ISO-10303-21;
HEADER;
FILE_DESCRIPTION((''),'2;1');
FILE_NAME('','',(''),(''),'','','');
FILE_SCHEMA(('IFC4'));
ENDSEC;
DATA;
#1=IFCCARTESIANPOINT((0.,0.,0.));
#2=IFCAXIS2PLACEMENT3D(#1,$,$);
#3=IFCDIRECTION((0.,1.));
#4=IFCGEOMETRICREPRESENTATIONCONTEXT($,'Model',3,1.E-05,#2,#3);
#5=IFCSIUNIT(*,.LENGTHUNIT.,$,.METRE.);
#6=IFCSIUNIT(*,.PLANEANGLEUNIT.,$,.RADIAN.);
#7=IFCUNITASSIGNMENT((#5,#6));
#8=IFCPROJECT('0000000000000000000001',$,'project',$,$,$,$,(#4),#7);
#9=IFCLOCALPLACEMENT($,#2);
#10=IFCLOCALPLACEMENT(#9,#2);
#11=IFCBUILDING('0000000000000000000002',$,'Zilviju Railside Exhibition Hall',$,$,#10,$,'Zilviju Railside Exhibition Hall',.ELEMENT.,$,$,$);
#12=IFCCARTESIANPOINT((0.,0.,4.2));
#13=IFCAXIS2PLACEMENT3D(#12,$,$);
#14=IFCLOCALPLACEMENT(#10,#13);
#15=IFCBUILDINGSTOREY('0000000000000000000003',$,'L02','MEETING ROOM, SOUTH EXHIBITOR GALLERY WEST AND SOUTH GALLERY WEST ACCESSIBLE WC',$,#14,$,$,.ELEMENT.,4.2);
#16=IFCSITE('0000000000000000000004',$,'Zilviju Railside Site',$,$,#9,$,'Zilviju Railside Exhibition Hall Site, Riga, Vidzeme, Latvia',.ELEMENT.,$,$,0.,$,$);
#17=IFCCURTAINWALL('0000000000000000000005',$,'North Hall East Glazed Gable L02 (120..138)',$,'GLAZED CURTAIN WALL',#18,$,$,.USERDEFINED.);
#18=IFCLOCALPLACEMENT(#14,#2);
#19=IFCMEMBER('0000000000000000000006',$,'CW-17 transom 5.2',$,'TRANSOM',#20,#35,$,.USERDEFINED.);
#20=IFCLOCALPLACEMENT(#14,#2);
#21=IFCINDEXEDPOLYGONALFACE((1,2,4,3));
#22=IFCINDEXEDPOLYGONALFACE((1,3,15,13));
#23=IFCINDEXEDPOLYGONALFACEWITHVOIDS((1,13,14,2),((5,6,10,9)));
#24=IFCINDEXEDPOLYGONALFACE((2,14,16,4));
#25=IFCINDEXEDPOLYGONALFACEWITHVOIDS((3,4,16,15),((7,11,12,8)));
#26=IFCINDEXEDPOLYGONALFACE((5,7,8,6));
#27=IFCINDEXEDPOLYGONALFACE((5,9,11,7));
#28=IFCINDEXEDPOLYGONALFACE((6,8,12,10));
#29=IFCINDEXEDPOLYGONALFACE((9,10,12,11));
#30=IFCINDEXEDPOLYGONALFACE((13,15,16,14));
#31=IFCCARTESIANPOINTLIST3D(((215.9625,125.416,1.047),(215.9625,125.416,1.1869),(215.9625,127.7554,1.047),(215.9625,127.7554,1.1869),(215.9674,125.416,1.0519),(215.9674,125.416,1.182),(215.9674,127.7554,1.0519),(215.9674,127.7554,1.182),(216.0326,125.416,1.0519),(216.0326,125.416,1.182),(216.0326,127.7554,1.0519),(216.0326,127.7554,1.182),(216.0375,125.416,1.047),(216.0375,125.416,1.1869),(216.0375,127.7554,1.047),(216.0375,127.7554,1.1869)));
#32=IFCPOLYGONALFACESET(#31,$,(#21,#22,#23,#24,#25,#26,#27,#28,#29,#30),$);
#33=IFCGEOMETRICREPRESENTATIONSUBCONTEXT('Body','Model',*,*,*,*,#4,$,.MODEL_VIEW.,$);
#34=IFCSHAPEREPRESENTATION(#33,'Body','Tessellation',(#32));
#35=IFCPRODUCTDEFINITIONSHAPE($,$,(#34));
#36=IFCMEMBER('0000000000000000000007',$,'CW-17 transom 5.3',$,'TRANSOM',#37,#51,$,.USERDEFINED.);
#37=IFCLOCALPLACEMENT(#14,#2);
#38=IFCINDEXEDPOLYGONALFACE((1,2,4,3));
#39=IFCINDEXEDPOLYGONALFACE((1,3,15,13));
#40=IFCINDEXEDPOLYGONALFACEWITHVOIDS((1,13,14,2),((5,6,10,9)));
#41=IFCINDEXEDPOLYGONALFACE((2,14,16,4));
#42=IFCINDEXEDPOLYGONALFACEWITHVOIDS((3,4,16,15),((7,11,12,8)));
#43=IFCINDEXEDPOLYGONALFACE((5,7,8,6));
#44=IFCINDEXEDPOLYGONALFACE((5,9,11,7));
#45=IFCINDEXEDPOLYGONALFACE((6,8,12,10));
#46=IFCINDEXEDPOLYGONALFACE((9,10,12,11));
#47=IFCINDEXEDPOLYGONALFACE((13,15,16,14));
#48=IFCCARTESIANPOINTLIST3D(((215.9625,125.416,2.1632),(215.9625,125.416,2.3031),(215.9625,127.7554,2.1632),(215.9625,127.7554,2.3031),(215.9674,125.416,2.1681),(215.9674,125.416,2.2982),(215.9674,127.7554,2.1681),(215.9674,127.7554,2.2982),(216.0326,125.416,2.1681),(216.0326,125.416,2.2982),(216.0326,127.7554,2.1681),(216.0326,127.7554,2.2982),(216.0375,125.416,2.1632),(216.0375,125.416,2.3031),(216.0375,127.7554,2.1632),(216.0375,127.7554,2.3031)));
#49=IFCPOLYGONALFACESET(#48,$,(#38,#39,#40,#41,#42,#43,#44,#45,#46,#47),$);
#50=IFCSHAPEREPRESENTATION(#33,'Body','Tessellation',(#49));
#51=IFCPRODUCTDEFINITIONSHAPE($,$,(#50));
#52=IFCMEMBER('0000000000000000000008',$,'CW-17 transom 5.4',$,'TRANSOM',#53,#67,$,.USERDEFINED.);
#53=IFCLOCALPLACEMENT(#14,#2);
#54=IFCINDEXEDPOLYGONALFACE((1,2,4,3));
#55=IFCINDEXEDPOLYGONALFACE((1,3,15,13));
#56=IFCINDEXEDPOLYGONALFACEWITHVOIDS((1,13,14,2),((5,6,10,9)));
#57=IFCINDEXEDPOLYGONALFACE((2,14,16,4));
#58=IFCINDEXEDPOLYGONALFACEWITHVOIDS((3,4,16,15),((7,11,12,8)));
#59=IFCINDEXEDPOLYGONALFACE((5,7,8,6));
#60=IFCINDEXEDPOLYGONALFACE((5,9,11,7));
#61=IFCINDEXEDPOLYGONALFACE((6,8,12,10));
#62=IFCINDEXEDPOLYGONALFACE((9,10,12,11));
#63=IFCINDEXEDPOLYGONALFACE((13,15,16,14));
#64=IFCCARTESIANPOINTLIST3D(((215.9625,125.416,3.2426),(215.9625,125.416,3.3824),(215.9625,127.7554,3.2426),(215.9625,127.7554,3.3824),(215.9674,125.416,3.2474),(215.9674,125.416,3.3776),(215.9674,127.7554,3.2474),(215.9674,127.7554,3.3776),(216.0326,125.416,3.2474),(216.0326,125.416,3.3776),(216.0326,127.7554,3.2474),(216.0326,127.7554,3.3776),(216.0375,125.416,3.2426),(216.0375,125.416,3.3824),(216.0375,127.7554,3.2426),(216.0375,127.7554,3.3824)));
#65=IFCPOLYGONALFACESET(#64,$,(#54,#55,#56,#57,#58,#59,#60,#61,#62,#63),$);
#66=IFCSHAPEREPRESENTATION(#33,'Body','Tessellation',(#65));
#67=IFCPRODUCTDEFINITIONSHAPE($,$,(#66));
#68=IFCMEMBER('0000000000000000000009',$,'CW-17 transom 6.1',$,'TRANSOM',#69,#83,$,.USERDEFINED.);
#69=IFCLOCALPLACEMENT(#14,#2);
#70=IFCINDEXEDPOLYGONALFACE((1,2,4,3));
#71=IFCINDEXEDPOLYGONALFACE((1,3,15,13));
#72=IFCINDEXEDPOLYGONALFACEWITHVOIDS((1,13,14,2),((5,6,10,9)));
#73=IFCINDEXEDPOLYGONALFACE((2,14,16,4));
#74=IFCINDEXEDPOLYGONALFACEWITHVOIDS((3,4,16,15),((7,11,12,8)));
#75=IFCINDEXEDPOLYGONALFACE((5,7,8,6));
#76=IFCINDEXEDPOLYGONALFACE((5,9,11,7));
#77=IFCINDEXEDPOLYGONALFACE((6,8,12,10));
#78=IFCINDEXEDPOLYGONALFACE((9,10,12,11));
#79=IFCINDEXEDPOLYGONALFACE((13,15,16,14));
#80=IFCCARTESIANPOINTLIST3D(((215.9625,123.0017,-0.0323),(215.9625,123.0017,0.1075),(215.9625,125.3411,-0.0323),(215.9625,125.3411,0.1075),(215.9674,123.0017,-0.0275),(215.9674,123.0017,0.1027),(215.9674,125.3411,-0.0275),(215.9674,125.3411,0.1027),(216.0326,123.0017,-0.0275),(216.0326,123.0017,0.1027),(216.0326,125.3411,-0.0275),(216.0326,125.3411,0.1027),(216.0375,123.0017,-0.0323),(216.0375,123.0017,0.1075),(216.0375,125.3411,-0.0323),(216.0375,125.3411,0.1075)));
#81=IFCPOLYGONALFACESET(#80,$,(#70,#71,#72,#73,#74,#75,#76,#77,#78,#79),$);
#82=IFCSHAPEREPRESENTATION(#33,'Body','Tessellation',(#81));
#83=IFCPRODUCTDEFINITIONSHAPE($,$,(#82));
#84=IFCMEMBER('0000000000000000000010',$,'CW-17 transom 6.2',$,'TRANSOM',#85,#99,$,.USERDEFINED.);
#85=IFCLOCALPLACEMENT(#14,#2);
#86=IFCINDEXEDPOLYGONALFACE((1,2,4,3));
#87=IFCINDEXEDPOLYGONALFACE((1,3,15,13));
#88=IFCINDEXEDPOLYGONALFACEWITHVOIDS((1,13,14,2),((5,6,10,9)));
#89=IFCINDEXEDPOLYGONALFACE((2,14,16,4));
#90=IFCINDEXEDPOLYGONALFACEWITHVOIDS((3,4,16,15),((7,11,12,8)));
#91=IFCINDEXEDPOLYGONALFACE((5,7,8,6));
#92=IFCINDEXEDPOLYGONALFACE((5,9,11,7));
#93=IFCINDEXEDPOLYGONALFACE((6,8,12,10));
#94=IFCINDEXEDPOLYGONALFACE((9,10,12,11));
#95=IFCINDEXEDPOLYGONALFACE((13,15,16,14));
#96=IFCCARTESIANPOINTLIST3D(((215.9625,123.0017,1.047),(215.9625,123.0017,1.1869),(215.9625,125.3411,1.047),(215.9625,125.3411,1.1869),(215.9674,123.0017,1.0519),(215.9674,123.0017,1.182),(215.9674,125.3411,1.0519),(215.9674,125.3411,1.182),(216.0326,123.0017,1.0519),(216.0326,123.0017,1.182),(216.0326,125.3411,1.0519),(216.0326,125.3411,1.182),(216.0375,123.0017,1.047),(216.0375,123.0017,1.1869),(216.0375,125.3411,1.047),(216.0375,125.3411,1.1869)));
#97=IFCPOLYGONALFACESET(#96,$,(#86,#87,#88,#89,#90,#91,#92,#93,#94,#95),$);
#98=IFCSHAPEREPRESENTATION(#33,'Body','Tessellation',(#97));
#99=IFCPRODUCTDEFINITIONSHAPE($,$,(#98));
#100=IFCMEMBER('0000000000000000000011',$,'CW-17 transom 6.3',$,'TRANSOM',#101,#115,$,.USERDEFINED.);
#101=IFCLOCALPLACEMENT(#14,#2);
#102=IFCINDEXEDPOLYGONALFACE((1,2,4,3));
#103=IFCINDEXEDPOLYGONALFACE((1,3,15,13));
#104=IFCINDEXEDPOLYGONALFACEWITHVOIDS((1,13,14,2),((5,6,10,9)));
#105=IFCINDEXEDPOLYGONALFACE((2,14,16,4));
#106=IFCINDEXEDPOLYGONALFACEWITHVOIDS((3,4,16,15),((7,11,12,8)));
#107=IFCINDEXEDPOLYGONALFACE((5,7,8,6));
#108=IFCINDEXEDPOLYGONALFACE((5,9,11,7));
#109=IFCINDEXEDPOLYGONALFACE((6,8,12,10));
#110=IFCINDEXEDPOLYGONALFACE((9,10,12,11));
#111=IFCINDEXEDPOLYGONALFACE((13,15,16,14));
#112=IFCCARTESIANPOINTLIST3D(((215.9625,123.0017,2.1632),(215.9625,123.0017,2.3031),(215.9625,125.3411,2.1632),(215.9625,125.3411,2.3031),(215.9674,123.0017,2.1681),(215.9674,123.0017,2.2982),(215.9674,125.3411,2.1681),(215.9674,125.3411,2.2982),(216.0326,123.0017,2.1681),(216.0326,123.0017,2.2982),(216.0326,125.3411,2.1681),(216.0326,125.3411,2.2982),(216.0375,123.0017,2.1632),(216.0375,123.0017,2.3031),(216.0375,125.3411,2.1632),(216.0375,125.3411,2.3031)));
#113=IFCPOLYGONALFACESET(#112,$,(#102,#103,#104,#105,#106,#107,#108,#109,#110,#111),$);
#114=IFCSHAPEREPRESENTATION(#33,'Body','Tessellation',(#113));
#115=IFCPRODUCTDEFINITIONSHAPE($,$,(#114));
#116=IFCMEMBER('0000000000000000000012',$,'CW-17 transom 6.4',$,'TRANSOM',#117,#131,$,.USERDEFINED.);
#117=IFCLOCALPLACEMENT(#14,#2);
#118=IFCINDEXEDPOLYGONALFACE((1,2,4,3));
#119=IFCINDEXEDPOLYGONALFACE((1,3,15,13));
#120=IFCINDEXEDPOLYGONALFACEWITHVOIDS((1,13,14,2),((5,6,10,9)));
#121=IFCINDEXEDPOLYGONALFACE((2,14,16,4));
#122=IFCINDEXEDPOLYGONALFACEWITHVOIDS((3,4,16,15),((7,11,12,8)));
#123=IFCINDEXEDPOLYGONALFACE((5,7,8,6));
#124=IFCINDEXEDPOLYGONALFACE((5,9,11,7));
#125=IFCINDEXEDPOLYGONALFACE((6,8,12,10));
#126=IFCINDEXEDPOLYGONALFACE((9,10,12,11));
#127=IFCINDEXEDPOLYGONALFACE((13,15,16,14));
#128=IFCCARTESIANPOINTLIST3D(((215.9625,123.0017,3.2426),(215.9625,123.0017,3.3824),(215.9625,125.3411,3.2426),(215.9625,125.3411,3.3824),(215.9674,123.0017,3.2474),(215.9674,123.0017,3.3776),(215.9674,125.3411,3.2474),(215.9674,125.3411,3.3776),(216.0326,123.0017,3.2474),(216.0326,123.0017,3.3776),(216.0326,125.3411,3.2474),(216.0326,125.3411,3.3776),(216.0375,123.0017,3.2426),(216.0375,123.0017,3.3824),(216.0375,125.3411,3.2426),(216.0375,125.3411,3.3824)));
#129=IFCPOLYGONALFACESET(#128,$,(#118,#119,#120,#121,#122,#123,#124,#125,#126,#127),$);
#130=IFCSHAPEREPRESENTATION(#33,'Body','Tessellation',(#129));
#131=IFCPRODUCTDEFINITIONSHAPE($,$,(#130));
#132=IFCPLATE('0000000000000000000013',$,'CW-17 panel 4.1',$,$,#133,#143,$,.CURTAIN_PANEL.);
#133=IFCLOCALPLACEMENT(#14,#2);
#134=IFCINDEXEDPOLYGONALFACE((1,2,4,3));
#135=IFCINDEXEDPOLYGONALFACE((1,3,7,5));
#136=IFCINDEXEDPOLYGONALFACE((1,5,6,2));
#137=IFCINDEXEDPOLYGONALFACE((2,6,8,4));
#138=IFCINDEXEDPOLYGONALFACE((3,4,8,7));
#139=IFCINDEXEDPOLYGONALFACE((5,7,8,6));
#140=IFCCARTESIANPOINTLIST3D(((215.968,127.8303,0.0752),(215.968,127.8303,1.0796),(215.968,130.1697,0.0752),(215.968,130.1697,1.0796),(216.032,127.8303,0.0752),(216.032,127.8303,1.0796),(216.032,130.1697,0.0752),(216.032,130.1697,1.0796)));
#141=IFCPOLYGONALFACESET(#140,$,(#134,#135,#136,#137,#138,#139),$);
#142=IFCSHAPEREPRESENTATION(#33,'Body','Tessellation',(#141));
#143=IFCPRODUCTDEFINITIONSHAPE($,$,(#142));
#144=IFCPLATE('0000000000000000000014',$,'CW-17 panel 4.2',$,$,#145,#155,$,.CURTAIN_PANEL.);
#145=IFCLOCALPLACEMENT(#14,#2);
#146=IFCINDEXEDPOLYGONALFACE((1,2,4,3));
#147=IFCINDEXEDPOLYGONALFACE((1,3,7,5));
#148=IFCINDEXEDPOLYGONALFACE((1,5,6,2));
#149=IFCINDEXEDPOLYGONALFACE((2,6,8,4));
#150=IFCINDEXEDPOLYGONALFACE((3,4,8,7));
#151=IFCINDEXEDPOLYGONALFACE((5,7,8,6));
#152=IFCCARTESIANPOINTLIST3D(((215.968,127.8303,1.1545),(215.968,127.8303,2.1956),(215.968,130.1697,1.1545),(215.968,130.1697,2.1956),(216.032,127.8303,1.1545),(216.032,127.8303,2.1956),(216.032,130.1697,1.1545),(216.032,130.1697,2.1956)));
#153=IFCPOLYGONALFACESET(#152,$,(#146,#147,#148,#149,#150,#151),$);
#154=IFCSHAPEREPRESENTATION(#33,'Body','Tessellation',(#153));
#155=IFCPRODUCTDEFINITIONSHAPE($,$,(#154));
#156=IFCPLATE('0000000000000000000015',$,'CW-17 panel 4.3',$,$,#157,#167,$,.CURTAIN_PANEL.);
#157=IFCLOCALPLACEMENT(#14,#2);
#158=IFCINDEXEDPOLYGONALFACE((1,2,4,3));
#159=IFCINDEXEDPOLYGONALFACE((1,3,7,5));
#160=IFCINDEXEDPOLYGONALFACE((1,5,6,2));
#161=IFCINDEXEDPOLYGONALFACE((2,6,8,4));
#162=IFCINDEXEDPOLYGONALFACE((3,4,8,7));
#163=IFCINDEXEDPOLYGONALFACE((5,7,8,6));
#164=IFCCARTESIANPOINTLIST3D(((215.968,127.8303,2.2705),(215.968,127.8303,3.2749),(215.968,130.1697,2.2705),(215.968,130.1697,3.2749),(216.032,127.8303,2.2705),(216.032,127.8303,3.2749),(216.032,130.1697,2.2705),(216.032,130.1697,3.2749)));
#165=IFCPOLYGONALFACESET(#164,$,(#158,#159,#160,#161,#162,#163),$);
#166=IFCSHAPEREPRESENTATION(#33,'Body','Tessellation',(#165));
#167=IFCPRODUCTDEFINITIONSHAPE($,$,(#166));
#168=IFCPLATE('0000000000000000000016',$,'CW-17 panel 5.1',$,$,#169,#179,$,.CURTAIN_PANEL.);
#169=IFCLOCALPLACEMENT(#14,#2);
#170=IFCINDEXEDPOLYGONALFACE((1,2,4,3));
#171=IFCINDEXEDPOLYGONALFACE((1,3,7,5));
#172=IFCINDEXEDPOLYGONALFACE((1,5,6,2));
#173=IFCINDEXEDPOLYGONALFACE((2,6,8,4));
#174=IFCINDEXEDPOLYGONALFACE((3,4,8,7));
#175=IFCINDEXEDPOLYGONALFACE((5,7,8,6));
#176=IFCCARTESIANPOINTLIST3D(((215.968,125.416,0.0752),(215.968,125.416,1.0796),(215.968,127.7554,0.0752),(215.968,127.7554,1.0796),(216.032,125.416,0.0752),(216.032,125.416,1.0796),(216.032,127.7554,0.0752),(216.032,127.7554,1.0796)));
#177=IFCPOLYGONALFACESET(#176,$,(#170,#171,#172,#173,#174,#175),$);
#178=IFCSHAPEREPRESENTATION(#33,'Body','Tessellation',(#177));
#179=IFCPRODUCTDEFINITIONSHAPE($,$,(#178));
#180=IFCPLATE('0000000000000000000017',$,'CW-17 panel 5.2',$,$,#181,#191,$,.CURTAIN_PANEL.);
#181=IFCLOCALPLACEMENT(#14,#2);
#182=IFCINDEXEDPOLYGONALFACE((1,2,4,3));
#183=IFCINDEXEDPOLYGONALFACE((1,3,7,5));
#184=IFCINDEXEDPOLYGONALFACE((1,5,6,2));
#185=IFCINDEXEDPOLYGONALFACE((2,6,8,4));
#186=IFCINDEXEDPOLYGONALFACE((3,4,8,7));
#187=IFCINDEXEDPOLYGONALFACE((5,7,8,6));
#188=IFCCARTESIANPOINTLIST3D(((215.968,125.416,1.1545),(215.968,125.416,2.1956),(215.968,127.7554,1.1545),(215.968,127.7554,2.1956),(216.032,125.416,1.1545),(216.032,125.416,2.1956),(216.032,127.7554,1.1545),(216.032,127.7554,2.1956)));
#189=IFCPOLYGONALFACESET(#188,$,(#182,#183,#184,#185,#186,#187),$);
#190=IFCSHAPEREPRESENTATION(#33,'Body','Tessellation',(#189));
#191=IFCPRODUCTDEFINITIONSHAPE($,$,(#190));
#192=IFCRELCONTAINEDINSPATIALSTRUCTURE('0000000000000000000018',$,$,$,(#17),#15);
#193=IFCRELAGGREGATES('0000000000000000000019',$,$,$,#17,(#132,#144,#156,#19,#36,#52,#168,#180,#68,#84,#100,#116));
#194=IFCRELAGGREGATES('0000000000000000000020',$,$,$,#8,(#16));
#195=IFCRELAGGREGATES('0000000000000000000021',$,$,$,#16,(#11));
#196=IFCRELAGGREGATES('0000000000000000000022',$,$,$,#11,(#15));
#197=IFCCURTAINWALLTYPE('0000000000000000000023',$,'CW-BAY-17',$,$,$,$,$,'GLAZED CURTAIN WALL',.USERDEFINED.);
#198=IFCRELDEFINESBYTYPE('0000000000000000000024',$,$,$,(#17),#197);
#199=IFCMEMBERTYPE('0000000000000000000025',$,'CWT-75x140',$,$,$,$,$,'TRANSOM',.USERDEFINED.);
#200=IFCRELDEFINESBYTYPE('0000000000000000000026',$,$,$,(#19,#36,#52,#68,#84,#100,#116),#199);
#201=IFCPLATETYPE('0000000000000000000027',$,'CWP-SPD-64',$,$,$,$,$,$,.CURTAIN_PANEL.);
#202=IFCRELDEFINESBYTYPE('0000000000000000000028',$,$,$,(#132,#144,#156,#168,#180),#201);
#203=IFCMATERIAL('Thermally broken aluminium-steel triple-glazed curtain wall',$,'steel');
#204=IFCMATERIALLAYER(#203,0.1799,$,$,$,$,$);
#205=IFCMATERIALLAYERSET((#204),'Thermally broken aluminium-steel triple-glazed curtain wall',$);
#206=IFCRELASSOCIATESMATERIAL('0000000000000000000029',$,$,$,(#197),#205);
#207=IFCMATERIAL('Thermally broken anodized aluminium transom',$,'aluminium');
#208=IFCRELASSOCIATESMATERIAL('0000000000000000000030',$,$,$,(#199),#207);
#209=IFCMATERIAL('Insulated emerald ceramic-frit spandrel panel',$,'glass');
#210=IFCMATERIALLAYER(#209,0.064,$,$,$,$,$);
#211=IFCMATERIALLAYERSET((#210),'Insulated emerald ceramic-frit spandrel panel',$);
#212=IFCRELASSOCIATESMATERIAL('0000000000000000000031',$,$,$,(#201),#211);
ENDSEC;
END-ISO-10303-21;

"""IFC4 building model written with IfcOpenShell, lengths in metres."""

from ifc_helpers import new_model, si_unit, direction, frame, origin, origin_2d, place, context, subcontext, project, spatial, rectangle, hollow_rectangle, extrude, material, layer, layer_set, material_profile, profile_set, type_object, element, aggregate, save


model = new_model("IFC4")

# Units and contexts
model_context = context("Model", 3, precision=1e-05, world=origin(), true_north=direction((0.0, 1.0)))
body_context = subcontext(model_context, "Body", "Model", "MODEL_VIEW")
ifc_project = project(units=[si_unit("LENGTHUNIT", "METRE"), si_unit("PLANEANGLEUNIT", "RADIAN")], contexts=[model_context])

# Site, building, storey
site_placement = place(None, origin())
site = spatial("IfcSite", under=ifc_project, at=site_placement, Name="Zilviju Railside Site", LongName="Zilviju Railside Exhibition Hall Site, Riga, Vidzeme, Latvia", CompositionType="ELEMENT", RefElevation=0.0)
building_placement = place(site_placement, origin())
building = spatial("IfcBuilding", under=site, at=building_placement, Name="Zilviju Railside Exhibition Hall", LongName="Zilviju Railside Exhibition Hall", CompositionType="ELEMENT")
storey_placement = place(building_placement, frame((0.0, 0.0, 4.2)))
storey = spatial("IfcBuildingStorey", under=building, at=storey_placement, Name="L02", Description="MEETING ROOM, SOUTH EXHIBITOR GALLERY WEST AND SOUTH GALLERY WEST ACCESSIBLE WC", CompositionType="ELEMENT", Elevation=4.2)

# Curtain wall, members, plates
ifc_material_1 = material(Name="Thermally broken aluminium-steel triple-glazed curtain wall", Category="steel")
ifc_layer_1 = layer(ifc_material_1, 0.1799)
ifc_layer_set_1 = layer_set([ifc_layer_1], Name="Thermally broken aluminium-steel triple-glazed curtain wall")
curtain_wall_type = type_object("IfcCurtainWallType", Name="CW-BAY-17", ElementType="GLAZED CURTAIN WALL", PredefinedType="USERDEFINED", material=ifc_layer_set_1)
curtain_wall_placement = place(storey_placement, origin())
curtain_wall = element("IfcCurtainWall", 1, at=curtain_wall_placement, inside=storey, type_object=curtain_wall_type, Name="North Hall East Glazed Gable L02 (120..138)", ObjectType="GLAZED CURTAIN WALL", PredefinedType="USERDEFINED")
ifc_material_2 = material(Name="Thermally broken anodized aluminium transom", Category="aluminium")
ifc_material_profile_1 = material_profile(ifc_material_2, hollow_rectangle(XDim=0.075, YDim=0.1399, WallThickness=0.0049, at=origin_2d()), Name="TRANSOM 140x75x5")
ifc_profile_set_1 = profile_set([ifc_material_profile_1], Name="Thermally broken anodized aluminium transom")
member_type_1 = type_object("IfcMemberType", Name="CWT-75x140", ElementType="TRANSOM", PredefinedType="USERDEFINED", material=ifc_profile_set_1)
member_1_placement = place(storey_placement, frame((216.0, 127.7554, 1.1169), z_axis=(0.0, -1.0, 0.0), x_axis=(1.0, 0.0, 0.0)))
member_1 = element("IfcMember", 2, at=member_1_placement, type_object=member_type_1, Name="CW-17 transom 5.2", ObjectType="TRANSOM", PredefinedType="USERDEFINED", context=body_context, shape_type="SweptSolid", body=[
    extrude(hollow_rectangle(XDim=0.075, YDim=0.1399, WallThickness=0.0049, at=origin_2d()), origin(), (0.0, 0.0, 1.0), 2.3394),
])
member_2_placement = place(storey_placement, frame((216.0, 127.7554, 2.2332), z_axis=(0.0, -1.0, 0.0), x_axis=(1.0, 0.0, 0.0)))
member_2 = element("IfcMember", 3, at=member_2_placement, type_object=member_type_1, Name="CW-17 transom 5.3", ObjectType="TRANSOM", PredefinedType="USERDEFINED", context=body_context, shape_type="SweptSolid", body=[
    extrude(hollow_rectangle(XDim=0.075, YDim=0.1399, WallThickness=0.0049, at=origin_2d()), origin(), (0.0, 0.0, 1.0), 2.3394),
])
member_3_placement = place(storey_placement, frame((216.0, 127.7554, 3.3125), z_axis=(0.0, -1.0, 0.0), x_axis=(1.0, 0.0, 0.0)))
member_3 = element("IfcMember", 4, at=member_3_placement, type_object=member_type_1, Name="CW-17 transom 5.4", ObjectType="TRANSOM", PredefinedType="USERDEFINED", context=body_context, shape_type="SweptSolid", body=[
    extrude(hollow_rectangle(XDim=0.075, YDim=0.1399, WallThickness=0.0049, at=origin_2d()), origin(), (0.0, 0.0, 1.0), 2.3394),
])
member_4_placement = place(storey_placement, frame((216.0, 125.3411, 0.0376), z_axis=(0.0, -1.0, 0.0), x_axis=(1.0, 0.0, 0.0)))
member_4 = element("IfcMember", 5, at=member_4_placement, type_object=member_type_1, Name="CW-17 transom 6.1", ObjectType="TRANSOM", PredefinedType="USERDEFINED", context=body_context, shape_type="SweptSolid", body=[
    extrude(hollow_rectangle(XDim=0.075, YDim=0.1399, WallThickness=0.0049, at=origin_2d()), origin(), (0.0, 0.0, 1.0), 2.3394),
])
member_5_placement = place(storey_placement, frame((216.0, 125.3411, 1.1169), z_axis=(0.0, -1.0, 0.0), x_axis=(1.0, 0.0, 0.0)))
member_5 = element("IfcMember", 6, at=member_5_placement, type_object=member_type_1, Name="CW-17 transom 6.2", ObjectType="TRANSOM", PredefinedType="USERDEFINED", context=body_context, shape_type="SweptSolid", body=[
    extrude(hollow_rectangle(XDim=0.075, YDim=0.1399, WallThickness=0.0049, at=origin_2d()), origin(), (0.0, 0.0, 1.0), 2.3394),
])
member_6_placement = place(storey_placement, frame((216.0, 125.3411, 2.2332), z_axis=(0.0, -1.0, 0.0), x_axis=(1.0, 0.0, 0.0)))
member_6 = element("IfcMember", 7, at=member_6_placement, type_object=member_type_1, Name="CW-17 transom 6.3", ObjectType="TRANSOM", PredefinedType="USERDEFINED", context=body_context, shape_type="SweptSolid", body=[
    extrude(hollow_rectangle(XDim=0.075, YDim=0.1399, WallThickness=0.0049, at=origin_2d()), origin(), (0.0, 0.0, 1.0), 2.3394),
])
member_7_placement = place(storey_placement, frame((216.0, 125.3411, 3.3125), z_axis=(0.0, -1.0, 0.0), x_axis=(1.0, 0.0, 0.0)))
member_7 = element("IfcMember", 8, at=member_7_placement, type_object=member_type_1, Name="CW-17 transom 6.4", ObjectType="TRANSOM", PredefinedType="USERDEFINED", context=body_context, shape_type="SweptSolid", body=[
    extrude(hollow_rectangle(XDim=0.075, YDim=0.1399, WallThickness=0.0049, at=origin_2d()), origin(), (0.0, 0.0, 1.0), 2.3394),
])
ifc_material_3 = material(Name="Insulated emerald ceramic-frit spandrel panel", Category="glass")
ifc_layer_2 = layer(ifc_material_3, 0.064)
ifc_layer_set_2 = layer_set([ifc_layer_2], Name="Insulated emerald ceramic-frit spandrel panel")
plate_type = type_object("IfcPlateType", Name="CWP-SPD-64", PredefinedType="CURTAIN_PANEL", material=ifc_layer_set_2)
plate_1_placement = place(storey_placement, frame((216.0, 129.0, 0.0752), z_axis=(0.0, 0.0, 1.0), x_axis=(0.0, -1.0, 0.0)))
plate_1 = element("IfcPlate", 9, at=plate_1_placement, type_object=plate_type, Name="CW-17 panel 4.1", PredefinedType="CURTAIN_PANEL", context=body_context, shape_type="SweptSolid", body=[
    extrude(rectangle(XDim=2.3394, YDim=0.064, at=origin_2d()), origin(), (0.0, 0.0, 1.0), 1.0044),
])
plate_2_placement = place(storey_placement, frame((216.0, 129.0, 1.1545), z_axis=(0.0, 0.0, 1.0), x_axis=(0.0, -1.0, 0.0)))
plate_2 = element("IfcPlate", 10, at=plate_2_placement, type_object=plate_type, Name="CW-17 panel 4.2", PredefinedType="CURTAIN_PANEL", context=body_context, shape_type="SweptSolid", body=[
    extrude(rectangle(XDim=2.3394, YDim=0.064, at=origin_2d()), origin(), (0.0, 0.0, 1.0), 1.041),
])
plate_3_placement = place(storey_placement, frame((216.0, 129.0, 2.2705), z_axis=(0.0, 0.0, 1.0), x_axis=(0.0, -1.0, 0.0)))
plate_3 = element("IfcPlate", 11, at=plate_3_placement, type_object=plate_type, Name="CW-17 panel 4.3", PredefinedType="CURTAIN_PANEL", context=body_context, shape_type="SweptSolid", body=[
    extrude(rectangle(XDim=2.3394, YDim=0.064, at=origin_2d()), origin(), (0.0, 0.0, 1.0), 1.0044),
])
plate_4_placement = place(storey_placement, frame((216.0, 126.5857, 0.0752), z_axis=(0.0, 0.0, 1.0), x_axis=(0.0, -1.0, 0.0)))
plate_4 = element("IfcPlate", 12, at=plate_4_placement, type_object=plate_type, Name="CW-17 panel 5.1", PredefinedType="CURTAIN_PANEL", context=body_context, shape_type="SweptSolid", body=[
    extrude(rectangle(XDim=2.3394, YDim=0.064, at=origin_2d()), origin(), (0.0, 0.0, 1.0), 1.0044),
])
plate_5_placement = place(storey_placement, frame((216.0, 126.5857, 1.1545), z_axis=(0.0, 0.0, 1.0), x_axis=(0.0, -1.0, 0.0)))
plate_5 = element("IfcPlate", 13, at=plate_5_placement, type_object=plate_type, Name="CW-17 panel 5.2", PredefinedType="CURTAIN_PANEL", context=body_context, shape_type="SweptSolid", body=[
    extrude(rectangle(XDim=2.3394, YDim=0.064, at=origin_2d()), origin(), (0.0, 0.0, 1.0), 1.041),
])
aggregate(curtain_wall, [plate_1, plate_2, plate_3, member_1, member_2, member_3, plate_4, plate_5, member_4, member_5, member_6, member_7])

save(model, "model.ifc")
